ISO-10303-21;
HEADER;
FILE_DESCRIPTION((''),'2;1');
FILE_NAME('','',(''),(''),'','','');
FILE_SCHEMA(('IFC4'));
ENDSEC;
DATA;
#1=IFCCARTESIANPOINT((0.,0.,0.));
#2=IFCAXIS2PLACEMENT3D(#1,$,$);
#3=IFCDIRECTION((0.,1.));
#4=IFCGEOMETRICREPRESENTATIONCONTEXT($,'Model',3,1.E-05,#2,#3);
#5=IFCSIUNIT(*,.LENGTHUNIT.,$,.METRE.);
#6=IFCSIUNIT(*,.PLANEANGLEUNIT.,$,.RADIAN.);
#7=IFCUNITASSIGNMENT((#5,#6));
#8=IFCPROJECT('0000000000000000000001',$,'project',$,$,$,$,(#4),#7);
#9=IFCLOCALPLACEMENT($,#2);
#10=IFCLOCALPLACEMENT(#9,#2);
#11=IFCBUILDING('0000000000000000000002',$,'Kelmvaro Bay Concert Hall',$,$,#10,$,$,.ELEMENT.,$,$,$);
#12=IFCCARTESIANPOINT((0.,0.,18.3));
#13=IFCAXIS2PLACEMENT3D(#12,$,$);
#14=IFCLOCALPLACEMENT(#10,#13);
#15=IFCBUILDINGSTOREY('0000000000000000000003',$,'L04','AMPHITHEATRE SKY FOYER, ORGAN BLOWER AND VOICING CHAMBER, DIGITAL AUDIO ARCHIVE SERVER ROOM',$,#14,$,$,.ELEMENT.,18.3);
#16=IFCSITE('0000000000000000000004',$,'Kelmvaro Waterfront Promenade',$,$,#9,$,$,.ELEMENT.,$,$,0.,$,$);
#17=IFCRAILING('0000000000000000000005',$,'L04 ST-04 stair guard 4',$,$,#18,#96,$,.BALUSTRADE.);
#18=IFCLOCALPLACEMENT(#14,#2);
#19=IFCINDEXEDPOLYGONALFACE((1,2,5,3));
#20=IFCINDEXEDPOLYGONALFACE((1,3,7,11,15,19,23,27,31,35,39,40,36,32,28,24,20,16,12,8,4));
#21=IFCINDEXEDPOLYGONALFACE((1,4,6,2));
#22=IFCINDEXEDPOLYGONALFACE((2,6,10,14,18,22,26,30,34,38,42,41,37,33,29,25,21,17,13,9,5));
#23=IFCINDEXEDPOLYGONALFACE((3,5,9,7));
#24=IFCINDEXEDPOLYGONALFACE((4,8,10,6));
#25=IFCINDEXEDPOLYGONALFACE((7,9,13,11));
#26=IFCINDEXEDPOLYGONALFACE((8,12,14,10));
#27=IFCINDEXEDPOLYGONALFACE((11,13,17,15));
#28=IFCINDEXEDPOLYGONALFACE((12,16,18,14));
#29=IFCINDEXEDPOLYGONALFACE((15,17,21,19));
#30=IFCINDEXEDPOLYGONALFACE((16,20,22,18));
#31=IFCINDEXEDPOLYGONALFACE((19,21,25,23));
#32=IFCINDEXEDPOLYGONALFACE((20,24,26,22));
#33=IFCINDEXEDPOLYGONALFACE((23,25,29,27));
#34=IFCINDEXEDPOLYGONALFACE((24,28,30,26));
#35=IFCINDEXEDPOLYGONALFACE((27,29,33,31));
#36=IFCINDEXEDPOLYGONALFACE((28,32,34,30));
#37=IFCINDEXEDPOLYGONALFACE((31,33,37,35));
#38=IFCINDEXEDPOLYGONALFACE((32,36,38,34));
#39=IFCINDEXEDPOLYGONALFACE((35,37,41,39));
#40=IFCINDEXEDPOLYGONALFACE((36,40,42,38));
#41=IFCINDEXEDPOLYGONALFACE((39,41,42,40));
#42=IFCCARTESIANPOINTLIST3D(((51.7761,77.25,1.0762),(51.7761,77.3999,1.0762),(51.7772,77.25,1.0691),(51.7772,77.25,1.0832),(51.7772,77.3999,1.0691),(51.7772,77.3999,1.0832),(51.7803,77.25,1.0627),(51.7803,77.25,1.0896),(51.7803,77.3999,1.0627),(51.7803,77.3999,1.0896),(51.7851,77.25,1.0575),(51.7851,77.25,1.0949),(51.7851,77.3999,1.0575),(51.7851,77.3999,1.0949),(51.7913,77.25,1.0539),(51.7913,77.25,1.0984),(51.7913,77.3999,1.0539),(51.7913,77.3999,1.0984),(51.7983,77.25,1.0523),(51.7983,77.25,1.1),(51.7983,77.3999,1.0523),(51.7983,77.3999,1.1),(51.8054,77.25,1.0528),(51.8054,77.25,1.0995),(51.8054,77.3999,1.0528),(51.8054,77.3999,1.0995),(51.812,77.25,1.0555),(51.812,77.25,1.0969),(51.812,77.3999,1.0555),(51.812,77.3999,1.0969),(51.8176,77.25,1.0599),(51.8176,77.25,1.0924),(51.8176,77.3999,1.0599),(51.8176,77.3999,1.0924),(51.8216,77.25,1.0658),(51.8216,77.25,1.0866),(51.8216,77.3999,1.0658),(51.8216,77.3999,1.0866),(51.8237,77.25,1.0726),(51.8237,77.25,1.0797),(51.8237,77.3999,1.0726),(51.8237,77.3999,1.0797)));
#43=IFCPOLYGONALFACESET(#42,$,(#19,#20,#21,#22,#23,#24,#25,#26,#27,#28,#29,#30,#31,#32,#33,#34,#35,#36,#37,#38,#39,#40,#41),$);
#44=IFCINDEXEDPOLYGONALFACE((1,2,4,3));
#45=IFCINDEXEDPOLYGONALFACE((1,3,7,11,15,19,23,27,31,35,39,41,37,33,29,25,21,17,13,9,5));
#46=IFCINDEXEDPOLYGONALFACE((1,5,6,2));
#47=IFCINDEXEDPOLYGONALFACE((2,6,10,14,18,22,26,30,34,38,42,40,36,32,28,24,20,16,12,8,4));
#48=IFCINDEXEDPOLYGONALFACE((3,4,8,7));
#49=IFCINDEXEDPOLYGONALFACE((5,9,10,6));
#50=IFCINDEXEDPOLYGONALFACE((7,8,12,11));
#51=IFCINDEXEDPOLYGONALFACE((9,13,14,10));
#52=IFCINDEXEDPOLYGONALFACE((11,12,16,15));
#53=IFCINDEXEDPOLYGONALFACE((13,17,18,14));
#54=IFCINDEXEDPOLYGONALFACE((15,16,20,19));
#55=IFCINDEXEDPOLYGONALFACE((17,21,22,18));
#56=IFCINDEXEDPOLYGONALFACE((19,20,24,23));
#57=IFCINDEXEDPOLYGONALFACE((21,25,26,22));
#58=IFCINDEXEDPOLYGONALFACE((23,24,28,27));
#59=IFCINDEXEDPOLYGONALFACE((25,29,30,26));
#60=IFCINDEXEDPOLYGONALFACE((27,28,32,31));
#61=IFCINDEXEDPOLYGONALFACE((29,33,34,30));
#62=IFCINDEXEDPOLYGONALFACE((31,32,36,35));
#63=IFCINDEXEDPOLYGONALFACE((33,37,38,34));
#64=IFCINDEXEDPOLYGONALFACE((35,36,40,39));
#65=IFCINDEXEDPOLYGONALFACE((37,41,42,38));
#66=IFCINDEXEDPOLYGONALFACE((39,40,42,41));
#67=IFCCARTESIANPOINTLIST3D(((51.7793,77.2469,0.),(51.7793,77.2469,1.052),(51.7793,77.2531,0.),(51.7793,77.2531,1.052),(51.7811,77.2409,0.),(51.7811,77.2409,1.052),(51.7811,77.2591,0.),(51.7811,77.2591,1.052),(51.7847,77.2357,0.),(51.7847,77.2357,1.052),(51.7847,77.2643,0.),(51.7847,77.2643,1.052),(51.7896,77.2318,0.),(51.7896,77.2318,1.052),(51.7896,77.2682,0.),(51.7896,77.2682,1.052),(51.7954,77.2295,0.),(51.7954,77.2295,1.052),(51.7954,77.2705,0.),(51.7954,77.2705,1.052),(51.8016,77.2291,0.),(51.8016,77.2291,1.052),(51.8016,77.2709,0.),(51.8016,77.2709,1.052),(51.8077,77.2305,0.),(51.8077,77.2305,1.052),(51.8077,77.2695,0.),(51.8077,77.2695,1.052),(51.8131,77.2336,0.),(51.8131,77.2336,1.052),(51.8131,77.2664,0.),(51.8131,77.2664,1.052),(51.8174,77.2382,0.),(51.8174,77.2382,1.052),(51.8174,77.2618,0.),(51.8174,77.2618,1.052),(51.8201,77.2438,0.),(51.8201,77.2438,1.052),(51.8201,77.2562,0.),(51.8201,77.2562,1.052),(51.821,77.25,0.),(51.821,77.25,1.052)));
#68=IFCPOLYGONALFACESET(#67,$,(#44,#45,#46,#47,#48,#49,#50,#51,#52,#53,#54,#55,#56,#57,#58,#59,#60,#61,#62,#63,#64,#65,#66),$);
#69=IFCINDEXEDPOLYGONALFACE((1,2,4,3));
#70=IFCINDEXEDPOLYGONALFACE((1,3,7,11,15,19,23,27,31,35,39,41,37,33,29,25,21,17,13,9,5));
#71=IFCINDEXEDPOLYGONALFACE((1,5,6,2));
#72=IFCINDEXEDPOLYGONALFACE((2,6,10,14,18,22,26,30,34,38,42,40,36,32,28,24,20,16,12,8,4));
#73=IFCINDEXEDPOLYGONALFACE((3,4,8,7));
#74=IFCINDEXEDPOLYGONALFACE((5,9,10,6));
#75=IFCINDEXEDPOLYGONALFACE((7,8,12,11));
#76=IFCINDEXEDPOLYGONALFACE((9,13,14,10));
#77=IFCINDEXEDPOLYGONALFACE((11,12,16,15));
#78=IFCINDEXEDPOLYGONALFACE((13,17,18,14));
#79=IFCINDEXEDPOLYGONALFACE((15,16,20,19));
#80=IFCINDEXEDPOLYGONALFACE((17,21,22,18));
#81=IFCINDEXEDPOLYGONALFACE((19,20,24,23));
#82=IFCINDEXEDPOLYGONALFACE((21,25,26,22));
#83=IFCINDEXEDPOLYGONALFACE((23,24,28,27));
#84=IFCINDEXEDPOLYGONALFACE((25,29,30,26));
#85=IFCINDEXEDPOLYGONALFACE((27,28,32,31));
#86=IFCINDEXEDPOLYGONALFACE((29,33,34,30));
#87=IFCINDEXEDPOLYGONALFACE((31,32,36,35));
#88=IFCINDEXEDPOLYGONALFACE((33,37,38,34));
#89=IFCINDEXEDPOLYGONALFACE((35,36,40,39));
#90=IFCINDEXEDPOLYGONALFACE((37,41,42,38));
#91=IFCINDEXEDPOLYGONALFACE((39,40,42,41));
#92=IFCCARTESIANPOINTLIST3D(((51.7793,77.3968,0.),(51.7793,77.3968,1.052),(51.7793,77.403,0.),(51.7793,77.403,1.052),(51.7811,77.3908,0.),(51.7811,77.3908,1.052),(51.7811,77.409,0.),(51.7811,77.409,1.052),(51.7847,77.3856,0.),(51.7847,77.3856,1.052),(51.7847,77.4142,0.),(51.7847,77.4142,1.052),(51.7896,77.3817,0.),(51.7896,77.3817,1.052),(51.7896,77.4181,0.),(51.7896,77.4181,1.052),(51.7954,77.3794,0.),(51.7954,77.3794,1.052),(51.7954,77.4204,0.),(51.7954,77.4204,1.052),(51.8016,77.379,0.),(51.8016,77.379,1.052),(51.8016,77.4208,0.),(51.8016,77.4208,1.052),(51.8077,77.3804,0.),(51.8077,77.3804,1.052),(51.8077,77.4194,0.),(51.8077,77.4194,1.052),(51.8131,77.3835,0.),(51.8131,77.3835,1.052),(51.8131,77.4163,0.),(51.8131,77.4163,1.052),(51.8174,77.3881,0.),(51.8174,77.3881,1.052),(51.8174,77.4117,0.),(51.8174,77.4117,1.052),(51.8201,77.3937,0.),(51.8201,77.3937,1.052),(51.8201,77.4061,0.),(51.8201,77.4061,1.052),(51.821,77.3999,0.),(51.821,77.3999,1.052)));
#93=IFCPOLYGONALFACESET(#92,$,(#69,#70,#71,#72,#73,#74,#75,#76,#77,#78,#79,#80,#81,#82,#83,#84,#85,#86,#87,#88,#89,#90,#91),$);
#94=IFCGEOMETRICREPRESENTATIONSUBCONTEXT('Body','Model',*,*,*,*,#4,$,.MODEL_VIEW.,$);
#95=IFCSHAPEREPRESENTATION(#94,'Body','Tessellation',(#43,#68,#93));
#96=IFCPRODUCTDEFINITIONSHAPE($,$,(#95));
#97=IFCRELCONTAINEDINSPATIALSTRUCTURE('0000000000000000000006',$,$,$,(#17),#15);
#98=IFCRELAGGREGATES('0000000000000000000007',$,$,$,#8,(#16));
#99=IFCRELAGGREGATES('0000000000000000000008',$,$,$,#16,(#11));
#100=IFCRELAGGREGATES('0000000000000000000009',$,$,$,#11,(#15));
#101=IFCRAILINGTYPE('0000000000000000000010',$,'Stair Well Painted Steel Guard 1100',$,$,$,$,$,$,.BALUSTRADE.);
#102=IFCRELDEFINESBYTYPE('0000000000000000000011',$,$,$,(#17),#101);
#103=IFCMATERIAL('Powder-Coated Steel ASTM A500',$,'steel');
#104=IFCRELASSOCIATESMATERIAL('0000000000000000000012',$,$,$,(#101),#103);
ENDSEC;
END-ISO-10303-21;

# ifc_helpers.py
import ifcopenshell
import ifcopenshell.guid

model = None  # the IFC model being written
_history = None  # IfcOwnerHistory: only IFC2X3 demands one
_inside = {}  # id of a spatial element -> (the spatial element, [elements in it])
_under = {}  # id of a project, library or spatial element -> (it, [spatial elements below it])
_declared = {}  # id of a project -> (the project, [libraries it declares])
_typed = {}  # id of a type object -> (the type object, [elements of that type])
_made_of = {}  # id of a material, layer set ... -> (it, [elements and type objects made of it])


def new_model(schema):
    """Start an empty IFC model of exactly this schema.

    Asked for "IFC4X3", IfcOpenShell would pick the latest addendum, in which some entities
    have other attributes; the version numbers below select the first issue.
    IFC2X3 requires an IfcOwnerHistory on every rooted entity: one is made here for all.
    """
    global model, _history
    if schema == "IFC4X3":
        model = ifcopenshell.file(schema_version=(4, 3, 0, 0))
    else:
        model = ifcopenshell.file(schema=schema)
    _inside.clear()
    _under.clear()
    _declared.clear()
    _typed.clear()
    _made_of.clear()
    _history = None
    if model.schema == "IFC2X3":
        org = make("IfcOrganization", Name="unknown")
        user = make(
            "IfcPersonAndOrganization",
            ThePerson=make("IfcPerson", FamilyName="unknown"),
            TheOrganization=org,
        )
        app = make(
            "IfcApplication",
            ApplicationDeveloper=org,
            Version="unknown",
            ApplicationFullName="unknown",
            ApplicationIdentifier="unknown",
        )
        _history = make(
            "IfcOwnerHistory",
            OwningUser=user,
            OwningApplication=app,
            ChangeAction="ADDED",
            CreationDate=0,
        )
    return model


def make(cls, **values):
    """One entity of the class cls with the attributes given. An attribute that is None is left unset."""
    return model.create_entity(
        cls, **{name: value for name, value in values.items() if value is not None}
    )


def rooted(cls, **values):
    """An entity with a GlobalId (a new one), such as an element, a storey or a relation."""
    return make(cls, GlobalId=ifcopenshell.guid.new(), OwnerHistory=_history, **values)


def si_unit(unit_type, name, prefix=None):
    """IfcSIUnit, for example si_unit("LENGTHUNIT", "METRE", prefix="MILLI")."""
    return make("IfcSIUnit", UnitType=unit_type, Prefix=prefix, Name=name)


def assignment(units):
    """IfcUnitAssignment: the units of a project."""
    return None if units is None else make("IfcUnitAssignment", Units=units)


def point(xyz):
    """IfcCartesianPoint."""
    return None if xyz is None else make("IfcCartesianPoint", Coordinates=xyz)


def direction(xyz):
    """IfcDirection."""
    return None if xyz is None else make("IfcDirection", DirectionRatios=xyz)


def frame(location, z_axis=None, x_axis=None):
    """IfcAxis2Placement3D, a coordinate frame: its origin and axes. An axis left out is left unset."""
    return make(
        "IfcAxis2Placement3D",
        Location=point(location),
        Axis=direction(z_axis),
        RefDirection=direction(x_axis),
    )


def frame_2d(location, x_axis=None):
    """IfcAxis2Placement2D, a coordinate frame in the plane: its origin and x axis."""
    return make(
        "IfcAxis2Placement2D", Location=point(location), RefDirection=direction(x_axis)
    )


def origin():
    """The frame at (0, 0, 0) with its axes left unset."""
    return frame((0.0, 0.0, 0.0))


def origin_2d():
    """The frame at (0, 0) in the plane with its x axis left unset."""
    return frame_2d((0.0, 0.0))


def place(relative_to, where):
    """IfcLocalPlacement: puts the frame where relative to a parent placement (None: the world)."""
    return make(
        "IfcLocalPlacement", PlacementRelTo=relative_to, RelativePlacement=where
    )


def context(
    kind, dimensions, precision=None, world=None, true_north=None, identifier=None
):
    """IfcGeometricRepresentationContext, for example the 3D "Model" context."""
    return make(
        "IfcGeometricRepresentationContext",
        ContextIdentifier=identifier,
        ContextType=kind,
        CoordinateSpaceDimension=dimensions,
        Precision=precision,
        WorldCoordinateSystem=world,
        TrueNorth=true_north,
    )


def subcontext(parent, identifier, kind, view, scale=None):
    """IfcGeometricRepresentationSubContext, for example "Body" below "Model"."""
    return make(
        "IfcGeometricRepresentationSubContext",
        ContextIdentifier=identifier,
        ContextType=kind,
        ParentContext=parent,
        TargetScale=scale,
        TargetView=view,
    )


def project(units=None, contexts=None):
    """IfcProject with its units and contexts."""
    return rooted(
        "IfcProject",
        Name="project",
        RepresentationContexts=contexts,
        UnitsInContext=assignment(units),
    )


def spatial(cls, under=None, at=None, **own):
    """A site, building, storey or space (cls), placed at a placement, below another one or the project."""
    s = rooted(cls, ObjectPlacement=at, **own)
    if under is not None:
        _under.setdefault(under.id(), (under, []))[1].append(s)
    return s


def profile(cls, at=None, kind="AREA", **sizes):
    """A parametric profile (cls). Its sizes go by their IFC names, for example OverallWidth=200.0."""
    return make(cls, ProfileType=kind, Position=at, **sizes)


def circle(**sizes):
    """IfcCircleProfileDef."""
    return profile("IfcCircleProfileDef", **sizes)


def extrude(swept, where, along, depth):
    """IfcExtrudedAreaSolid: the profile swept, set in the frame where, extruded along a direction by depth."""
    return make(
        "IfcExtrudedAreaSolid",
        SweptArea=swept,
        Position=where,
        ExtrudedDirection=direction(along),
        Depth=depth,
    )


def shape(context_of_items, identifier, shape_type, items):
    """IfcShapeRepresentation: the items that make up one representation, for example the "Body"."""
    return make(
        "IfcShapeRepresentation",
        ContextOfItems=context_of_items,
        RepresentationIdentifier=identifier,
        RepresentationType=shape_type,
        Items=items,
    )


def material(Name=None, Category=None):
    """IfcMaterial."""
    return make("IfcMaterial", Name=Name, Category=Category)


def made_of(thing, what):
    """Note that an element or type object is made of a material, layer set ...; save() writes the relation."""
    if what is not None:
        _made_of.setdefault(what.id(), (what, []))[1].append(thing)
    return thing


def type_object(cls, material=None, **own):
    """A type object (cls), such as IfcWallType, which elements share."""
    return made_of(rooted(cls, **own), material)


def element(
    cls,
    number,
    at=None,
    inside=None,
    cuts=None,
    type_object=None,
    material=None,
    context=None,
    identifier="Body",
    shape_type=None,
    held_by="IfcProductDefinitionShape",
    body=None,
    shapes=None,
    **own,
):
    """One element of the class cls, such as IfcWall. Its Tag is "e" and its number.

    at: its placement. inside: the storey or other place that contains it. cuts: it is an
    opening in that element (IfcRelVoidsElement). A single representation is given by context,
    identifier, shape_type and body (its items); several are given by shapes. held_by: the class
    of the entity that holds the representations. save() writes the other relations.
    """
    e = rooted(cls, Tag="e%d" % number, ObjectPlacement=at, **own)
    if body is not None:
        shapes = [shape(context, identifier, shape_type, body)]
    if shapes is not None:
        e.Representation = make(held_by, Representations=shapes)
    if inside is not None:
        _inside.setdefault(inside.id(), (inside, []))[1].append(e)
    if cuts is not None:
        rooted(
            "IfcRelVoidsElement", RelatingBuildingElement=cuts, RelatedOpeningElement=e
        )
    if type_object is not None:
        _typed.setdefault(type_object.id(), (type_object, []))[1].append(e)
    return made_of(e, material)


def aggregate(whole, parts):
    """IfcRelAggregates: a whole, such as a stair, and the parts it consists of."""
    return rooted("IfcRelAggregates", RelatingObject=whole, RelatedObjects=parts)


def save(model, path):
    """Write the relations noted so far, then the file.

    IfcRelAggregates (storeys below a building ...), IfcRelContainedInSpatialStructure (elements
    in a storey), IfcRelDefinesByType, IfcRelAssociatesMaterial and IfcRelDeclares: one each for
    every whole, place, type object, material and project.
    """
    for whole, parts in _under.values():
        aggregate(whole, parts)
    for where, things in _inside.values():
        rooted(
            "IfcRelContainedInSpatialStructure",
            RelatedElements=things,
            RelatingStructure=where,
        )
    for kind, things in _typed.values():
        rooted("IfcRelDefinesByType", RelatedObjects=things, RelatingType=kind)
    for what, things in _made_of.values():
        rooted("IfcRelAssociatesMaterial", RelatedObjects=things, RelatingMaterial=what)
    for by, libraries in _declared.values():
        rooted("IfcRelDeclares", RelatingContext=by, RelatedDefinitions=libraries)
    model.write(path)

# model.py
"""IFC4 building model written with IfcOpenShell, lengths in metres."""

from ifc_helpers import new_model, si_unit, direction, frame, origin, origin_2d, place, context, subcontext, project, spatial, circle, extrude, material, type_object, element, save


model = new_model("IFC4")

# Units and contexts
model_context = context("Model", 3, precision=1e-05, world=origin(), true_north=direction((0.0, 1.0)))
body_context = subcontext(model_context, "Body", "Model", "MODEL_VIEW")
ifc_project = project(units=[si_unit("LENGTHUNIT", "METRE"), si_unit("PLANEANGLEUNIT", "RADIAN")], contexts=[model_context])

# Site, building, storey
site_placement = place(None, origin())
site = spatial("IfcSite", under=ifc_project, at=site_placement, Name="Kelmvaro Waterfront Promenade", CompositionType="ELEMENT", RefElevation=0.0)
building_placement = place(site_placement, origin())
building = spatial("IfcBuilding", under=site, at=building_placement, Name="Kelmvaro Bay Concert Hall", CompositionType="ELEMENT")
storey_placement = place(building_placement, frame((0.0, 0.0, 18.3)))
storey = spatial("IfcBuildingStorey", under=building, at=storey_placement, Name="L04", Description="AMPHITHEATRE SKY FOYER, ORGAN BLOWER AND VOICING CHAMBER, DIGITAL AUDIO ARCHIVE SERVER ROOM", CompositionType="ELEMENT", Elevation=18.3)

# Railing
ifc_material_1 = material(Name="Powder-Coated Steel ASTM A500", Category="steel")
railing_type_1 = type_object("IfcRailingType", Name="Stair Well Painted Steel Guard 1100", PredefinedType="BALUSTRADE", material=ifc_material_1)
railing_1_placement = place(storey_placement, frame((51.8, 77.25, 0.0)))
element("IfcRailing", 1, at=railing_1_placement, inside=storey, type_object=railing_type_1, Name="L04 ST-04 stair guard 4", PredefinedType="BALUSTRADE", context=body_context, shape_type="SweptSolid", body=[
    extrude(circle(Radius=0.0239, at=origin_2d()), frame((0.0, 0.0, 1.0762), z_axis=(0.0, 1.0, 0.0), x_axis=(-1.0, 0.0, 0.0)), (0.0, 0.0, 1.0), 0.1499),
    extrude(circle(Radius=0.021, at=origin_2d()), origin(), (0.0, 0.0, 1.0), 1.052),
    extrude(circle(Radius=0.021, at=origin_2d()), frame((0.0, 0.1499, 0.0)), (0.0, 0.0, 1.0), 1.052),
])

save(model, "model.ifc")
